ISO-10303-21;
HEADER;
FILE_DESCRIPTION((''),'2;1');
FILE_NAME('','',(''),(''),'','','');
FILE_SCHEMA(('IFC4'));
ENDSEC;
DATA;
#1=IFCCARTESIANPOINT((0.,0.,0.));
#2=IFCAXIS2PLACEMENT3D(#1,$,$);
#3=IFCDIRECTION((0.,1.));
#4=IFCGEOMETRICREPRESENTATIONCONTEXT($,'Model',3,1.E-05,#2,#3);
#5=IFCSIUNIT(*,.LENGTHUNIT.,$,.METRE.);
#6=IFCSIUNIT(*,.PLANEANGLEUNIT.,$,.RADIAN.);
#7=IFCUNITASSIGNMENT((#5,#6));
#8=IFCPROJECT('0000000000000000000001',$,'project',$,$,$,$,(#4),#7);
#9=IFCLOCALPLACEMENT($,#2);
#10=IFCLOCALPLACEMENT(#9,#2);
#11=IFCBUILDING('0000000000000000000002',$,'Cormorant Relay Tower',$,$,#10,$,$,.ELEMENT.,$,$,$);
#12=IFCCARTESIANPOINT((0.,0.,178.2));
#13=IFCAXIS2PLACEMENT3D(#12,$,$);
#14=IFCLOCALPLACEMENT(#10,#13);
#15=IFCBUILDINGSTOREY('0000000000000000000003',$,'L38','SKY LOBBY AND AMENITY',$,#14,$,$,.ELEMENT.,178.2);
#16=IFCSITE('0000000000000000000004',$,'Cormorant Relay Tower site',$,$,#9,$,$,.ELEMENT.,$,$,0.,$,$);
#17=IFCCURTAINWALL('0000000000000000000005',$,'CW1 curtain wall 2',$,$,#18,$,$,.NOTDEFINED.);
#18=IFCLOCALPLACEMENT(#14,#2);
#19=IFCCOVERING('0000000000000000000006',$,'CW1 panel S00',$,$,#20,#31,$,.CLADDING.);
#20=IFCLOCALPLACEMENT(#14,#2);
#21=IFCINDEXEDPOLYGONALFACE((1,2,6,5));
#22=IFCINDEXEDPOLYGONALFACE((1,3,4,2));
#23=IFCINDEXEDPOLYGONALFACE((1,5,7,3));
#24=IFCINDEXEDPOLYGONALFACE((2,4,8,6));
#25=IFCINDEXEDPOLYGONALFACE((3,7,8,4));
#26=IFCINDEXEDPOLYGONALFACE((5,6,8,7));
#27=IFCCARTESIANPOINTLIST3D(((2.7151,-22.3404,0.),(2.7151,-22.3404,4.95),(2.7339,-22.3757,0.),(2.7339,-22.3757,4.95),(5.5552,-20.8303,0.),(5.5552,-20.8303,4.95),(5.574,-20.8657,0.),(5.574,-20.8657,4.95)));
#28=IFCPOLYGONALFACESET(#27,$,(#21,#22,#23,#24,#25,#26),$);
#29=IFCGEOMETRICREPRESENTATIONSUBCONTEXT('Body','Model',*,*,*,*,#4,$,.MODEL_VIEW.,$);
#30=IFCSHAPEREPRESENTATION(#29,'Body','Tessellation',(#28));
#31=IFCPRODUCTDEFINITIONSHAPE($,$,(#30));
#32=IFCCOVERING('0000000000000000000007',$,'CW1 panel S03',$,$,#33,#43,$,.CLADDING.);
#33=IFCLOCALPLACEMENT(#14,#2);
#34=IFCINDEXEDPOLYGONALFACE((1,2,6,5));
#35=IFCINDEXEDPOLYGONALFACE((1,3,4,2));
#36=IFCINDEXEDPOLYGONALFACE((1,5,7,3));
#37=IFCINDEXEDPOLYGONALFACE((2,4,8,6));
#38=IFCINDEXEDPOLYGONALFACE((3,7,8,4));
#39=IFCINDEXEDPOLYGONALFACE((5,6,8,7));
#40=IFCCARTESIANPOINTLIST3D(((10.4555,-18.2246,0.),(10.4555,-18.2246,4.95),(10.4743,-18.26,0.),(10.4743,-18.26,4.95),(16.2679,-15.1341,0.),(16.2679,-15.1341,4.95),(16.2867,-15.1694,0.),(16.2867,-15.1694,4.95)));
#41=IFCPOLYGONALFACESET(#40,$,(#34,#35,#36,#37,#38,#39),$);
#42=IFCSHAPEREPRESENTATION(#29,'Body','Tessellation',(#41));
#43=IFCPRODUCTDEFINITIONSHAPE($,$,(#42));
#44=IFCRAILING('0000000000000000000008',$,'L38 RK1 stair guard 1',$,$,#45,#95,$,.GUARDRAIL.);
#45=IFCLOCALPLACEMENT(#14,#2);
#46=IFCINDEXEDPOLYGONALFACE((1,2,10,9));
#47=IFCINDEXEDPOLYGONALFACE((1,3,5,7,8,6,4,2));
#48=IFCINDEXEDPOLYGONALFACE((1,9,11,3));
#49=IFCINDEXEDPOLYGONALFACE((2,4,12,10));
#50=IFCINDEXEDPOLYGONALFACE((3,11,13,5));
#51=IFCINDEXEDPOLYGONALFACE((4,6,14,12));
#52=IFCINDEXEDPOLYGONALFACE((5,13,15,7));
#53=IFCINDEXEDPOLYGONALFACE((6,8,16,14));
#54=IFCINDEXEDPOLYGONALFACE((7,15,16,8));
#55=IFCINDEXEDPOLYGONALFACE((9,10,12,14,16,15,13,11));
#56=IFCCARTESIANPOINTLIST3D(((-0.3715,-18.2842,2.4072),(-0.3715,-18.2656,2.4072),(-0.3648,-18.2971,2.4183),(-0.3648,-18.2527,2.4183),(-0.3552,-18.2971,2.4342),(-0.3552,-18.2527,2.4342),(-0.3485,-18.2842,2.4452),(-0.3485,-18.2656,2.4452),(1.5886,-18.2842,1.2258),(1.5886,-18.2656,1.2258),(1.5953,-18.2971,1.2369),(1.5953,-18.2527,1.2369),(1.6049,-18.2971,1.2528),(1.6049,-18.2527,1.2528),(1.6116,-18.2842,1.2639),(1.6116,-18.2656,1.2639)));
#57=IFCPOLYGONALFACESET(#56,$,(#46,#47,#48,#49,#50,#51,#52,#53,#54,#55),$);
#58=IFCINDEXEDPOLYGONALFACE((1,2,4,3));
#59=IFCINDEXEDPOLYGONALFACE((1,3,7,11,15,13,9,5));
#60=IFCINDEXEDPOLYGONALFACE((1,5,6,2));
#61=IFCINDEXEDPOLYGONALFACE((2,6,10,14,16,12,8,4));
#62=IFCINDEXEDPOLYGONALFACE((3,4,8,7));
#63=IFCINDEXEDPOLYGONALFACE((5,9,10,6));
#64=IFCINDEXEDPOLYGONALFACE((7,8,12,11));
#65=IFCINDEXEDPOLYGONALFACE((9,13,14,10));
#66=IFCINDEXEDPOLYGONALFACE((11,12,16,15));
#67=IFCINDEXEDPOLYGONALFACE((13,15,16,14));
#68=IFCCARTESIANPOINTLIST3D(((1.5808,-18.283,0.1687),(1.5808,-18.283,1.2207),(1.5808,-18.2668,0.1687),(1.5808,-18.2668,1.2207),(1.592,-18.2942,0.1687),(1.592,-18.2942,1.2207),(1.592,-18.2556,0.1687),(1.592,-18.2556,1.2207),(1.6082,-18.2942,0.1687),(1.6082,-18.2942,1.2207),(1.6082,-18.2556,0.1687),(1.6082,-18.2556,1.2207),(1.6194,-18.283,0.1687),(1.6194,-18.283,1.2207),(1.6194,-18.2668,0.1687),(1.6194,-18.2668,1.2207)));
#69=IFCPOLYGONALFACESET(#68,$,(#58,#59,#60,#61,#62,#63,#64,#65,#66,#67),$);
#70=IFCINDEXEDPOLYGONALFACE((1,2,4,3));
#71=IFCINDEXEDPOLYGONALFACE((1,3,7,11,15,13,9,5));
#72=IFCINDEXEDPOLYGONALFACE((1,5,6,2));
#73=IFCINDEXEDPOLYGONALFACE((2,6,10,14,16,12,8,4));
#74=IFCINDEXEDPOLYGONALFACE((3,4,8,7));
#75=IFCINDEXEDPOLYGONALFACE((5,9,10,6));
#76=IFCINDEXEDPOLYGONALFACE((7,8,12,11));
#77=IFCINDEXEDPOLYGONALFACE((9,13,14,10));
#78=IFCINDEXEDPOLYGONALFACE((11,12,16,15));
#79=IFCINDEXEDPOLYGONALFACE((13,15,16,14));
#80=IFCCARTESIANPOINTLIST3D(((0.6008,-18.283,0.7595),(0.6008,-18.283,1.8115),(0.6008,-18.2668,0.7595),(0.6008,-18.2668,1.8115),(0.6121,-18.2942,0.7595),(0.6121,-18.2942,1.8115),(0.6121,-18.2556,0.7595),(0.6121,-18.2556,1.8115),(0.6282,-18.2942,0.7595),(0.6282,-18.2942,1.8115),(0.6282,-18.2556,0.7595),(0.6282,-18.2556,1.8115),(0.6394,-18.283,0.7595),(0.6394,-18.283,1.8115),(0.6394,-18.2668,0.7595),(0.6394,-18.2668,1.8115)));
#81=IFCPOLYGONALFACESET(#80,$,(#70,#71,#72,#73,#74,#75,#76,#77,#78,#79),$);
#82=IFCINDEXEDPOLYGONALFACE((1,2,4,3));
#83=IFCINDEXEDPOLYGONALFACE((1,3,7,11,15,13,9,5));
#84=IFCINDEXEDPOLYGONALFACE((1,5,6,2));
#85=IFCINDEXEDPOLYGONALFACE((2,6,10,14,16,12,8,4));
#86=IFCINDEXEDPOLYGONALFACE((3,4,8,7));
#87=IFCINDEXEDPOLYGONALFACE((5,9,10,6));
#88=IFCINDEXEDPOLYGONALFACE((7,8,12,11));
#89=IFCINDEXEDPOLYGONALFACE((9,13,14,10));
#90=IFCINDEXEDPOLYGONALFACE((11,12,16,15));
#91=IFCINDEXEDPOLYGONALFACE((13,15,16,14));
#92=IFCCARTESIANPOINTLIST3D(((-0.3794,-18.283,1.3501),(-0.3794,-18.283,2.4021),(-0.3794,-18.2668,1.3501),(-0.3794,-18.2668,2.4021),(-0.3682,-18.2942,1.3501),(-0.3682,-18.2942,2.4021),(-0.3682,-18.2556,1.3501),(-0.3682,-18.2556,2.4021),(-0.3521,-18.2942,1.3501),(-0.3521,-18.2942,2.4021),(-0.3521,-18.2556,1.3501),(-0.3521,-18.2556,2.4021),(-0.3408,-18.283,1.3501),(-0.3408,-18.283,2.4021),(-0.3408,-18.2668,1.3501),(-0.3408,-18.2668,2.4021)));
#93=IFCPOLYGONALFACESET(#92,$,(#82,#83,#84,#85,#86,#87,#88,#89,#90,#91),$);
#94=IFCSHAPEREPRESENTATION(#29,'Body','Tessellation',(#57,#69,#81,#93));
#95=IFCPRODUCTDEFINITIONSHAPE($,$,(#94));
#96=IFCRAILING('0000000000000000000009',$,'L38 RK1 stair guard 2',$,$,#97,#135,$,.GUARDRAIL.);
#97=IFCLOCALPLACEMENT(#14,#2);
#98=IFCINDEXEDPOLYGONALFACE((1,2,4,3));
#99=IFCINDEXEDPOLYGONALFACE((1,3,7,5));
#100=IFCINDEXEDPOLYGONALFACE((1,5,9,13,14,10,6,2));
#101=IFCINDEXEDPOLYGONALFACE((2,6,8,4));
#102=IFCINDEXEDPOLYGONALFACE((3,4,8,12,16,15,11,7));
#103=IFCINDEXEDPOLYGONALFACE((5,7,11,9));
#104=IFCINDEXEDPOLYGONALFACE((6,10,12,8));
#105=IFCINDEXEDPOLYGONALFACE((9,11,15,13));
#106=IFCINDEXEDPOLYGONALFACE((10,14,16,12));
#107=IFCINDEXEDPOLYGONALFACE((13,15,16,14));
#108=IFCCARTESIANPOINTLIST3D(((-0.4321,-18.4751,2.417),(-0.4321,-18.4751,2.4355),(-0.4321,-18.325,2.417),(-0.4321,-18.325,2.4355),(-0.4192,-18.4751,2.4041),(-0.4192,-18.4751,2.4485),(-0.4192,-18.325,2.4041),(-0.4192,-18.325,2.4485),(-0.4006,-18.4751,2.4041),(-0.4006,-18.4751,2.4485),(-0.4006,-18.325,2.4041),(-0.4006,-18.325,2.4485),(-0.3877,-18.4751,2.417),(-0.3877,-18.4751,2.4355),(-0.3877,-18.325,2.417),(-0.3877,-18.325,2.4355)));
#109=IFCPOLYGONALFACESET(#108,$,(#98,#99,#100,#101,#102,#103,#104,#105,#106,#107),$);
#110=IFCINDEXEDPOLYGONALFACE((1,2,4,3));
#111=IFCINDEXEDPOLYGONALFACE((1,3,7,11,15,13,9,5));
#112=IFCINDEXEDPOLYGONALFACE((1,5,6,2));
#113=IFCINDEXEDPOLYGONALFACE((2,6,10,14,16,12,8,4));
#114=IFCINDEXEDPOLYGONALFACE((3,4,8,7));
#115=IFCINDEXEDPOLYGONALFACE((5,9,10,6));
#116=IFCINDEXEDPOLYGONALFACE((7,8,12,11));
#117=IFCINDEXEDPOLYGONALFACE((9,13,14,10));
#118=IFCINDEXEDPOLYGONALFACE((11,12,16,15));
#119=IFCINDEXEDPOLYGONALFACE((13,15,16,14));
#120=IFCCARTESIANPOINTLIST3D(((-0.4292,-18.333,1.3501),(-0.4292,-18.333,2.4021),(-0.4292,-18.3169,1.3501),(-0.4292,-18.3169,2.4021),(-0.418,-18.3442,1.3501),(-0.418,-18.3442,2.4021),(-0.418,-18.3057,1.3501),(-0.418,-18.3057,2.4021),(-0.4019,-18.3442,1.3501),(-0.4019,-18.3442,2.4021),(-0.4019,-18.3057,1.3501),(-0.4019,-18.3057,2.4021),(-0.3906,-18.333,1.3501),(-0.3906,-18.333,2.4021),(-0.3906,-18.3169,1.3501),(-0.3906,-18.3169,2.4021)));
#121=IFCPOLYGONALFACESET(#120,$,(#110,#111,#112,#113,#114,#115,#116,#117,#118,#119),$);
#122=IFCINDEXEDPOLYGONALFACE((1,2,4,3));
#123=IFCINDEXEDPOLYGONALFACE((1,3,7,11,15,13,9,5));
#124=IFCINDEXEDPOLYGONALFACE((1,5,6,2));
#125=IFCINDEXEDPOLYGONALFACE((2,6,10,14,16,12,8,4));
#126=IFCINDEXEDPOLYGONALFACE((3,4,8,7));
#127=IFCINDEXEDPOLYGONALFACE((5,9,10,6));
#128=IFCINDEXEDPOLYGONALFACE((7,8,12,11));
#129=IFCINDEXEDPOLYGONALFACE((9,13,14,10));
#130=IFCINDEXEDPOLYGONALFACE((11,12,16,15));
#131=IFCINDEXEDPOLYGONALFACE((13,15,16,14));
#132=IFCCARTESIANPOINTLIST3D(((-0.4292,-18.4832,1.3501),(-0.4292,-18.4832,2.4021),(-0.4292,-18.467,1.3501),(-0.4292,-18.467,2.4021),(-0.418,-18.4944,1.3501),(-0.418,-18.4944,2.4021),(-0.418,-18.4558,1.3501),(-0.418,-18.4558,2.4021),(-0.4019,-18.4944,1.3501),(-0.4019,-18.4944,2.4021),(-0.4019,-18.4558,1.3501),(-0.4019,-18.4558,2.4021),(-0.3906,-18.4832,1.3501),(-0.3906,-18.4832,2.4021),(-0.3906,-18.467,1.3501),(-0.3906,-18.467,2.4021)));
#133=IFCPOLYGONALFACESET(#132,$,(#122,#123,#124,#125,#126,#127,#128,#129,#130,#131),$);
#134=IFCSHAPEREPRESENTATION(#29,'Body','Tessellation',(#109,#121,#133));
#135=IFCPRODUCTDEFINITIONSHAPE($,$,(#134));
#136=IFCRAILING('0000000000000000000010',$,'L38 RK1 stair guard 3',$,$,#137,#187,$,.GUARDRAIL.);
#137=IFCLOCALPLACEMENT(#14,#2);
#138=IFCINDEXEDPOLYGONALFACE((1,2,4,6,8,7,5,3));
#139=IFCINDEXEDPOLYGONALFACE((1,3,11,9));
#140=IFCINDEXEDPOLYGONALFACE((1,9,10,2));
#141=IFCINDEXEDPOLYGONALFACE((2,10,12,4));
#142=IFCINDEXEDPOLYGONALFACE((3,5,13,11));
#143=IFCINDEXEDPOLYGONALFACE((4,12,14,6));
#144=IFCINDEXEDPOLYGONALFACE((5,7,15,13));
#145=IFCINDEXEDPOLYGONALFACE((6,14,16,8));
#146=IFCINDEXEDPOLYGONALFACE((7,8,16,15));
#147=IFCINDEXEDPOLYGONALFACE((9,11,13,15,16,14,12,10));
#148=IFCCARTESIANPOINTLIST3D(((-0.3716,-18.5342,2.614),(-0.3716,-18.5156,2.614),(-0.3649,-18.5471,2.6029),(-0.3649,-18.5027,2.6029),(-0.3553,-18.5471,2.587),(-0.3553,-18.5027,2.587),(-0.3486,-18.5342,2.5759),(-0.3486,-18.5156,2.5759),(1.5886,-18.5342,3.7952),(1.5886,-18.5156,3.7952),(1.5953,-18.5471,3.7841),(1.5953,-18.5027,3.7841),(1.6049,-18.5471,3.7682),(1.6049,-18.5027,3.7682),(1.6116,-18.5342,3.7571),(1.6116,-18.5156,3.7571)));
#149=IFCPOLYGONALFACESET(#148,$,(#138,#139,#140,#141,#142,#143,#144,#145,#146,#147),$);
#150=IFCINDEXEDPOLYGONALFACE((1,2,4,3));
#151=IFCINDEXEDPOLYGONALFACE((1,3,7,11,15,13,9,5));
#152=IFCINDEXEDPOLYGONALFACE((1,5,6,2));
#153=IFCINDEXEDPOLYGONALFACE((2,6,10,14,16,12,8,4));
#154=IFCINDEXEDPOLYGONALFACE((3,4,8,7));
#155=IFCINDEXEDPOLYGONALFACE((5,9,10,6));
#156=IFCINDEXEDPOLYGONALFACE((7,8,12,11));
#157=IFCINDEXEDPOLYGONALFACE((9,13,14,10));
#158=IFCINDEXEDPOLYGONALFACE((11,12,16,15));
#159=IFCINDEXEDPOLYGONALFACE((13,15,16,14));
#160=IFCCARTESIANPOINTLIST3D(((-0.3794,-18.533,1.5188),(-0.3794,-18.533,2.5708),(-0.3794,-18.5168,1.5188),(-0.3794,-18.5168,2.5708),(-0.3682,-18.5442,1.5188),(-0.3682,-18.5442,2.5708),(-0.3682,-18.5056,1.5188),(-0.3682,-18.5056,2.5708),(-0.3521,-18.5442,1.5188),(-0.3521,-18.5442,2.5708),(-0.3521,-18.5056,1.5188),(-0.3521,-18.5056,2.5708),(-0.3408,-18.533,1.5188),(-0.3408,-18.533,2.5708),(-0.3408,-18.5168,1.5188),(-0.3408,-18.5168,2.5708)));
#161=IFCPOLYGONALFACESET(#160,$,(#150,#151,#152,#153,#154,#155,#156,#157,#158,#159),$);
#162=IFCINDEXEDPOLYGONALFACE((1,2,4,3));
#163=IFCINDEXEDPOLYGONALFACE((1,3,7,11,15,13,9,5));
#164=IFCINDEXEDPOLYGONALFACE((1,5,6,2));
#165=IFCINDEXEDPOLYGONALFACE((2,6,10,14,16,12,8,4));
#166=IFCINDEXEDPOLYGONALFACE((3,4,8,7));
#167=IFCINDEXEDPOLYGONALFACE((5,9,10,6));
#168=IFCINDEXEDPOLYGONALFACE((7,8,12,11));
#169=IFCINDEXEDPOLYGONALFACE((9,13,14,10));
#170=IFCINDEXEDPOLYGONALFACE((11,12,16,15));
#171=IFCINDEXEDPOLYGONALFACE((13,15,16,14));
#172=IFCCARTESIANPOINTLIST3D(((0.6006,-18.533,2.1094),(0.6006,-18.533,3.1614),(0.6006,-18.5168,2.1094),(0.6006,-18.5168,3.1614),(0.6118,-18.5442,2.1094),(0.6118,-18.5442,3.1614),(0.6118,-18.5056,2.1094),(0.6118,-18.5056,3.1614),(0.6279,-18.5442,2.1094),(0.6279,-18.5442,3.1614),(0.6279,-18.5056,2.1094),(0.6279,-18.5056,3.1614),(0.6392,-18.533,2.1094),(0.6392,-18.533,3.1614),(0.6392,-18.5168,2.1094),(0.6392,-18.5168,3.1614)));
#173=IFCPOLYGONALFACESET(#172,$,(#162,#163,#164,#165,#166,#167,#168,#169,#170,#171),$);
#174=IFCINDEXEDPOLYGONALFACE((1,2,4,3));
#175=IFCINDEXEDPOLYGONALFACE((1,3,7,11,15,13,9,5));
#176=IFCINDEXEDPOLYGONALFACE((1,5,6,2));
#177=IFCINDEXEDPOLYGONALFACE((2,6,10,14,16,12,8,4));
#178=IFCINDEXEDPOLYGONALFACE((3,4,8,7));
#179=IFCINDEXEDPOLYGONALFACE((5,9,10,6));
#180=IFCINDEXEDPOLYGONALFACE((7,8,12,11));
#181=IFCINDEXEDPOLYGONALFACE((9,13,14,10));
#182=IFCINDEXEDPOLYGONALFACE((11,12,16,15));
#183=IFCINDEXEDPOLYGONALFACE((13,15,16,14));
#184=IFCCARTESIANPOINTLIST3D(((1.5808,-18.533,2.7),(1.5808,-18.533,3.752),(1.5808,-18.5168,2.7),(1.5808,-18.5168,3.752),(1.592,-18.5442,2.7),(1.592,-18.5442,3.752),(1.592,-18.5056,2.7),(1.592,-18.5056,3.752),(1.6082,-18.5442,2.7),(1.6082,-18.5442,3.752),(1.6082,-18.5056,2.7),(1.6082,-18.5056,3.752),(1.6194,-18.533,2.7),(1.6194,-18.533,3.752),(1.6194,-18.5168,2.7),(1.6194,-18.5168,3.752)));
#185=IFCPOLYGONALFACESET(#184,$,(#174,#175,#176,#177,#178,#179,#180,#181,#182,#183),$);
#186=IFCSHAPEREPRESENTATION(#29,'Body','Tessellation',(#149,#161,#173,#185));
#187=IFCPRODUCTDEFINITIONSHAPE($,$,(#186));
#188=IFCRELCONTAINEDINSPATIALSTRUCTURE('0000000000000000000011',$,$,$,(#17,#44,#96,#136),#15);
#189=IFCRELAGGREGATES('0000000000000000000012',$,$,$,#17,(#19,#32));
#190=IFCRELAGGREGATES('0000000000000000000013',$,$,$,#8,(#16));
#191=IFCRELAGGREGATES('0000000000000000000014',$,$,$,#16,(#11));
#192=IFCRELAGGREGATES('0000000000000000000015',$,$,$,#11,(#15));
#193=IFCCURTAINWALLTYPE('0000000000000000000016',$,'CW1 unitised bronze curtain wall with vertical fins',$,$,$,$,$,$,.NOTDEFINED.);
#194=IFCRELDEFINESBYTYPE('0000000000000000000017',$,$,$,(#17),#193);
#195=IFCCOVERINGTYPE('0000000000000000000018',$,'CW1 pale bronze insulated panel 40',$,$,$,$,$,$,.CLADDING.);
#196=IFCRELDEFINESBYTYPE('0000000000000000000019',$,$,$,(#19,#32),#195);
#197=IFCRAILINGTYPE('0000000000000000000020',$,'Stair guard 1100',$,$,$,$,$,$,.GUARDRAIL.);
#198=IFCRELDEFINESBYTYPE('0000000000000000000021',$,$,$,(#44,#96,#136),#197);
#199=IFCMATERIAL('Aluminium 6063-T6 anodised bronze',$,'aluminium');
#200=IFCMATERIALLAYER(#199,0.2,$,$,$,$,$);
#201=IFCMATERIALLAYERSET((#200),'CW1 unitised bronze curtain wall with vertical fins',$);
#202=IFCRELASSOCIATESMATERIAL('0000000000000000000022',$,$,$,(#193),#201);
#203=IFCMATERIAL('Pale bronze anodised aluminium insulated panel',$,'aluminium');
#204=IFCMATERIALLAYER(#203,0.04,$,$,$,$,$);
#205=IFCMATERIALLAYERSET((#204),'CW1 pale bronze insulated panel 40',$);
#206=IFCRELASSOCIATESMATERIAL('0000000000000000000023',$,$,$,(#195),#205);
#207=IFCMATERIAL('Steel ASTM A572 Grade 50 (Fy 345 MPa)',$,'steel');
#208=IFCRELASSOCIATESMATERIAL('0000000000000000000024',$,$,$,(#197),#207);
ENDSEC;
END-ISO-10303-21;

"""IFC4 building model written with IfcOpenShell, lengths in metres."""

from ifc_helpers import new_model, si_unit, direction, frame, origin, origin_2d, place, context, subcontext, project, spatial, polyline, rectangle, outline, extrude, material, layer, layer_set, type_object, element, aggregate, save


model = new_model("IFC4")

# Units and contexts
model_context = context("Model", 3, precision=1e-05, world=origin(), true_north=direction((0.0, 1.0)))
body_context = subcontext(model_context, "Body", "Model", "MODEL_VIEW")
ifc_project = project(units=[si_unit("LENGTHUNIT", "METRE"), si_unit("PLANEANGLEUNIT", "RADIAN")], contexts=[model_context])

# Site, building, storey
site_placement = place(None, origin())
site = spatial("IfcSite", under=ifc_project, at=site_placement, Name="Cormorant Relay Tower site", CompositionType="ELEMENT", RefElevation=0.0)
building_placement = place(site_placement, origin())
building = spatial("IfcBuilding", under=site, at=building_placement, Name="Cormorant Relay Tower", CompositionType="ELEMENT")
storey_placement = place(building_placement, frame((0.0, 0.0, 178.2)))
storey = spatial("IfcBuildingStorey", under=building, at=storey_placement, Name="L38", Description="SKY LOBBY AND AMENITY", CompositionType="ELEMENT", Elevation=178.2)

# Curtain wall
ifc_material_1 = material(Name="Aluminium 6063-T6 anodised bronze", Category="aluminium")
ifc_layer_1 = layer(ifc_material_1, 0.2)
ifc_layer_set_1 = layer_set([ifc_layer_1], Name="CW1 unitised bronze curtain wall with vertical fins")
curtain_wall_type = type_object("IfcCurtainWallType", Name="CW1 unitised bronze curtain wall with vertical fins", PredefinedType="NOTDEFINED", material=ifc_layer_set_1)
curtain_wall_1_placement = place(storey_placement, origin())
curtain_wall_1 = element("IfcCurtainWall", 1, at=curtain_wall_1_placement, inside=storey, type_object=curtain_wall_type, Name="CW1 curtain wall 2", PredefinedType="NOTDEFINED")

# Shared definitions
ifc_material_2 = material(Name="Pale bronze anodised aluminium insulated panel", Category="aluminium")
ifc_layer_2 = layer(ifc_material_2, 0.04)
ifc_layer_set_2 = layer_set([ifc_layer_2], Name="CW1 pale bronze insulated panel 40")
covering_type = type_object("IfcCoveringType", Name="CW1 pale bronze insulated panel 40", PredefinedType="CLADDING", material=ifc_layer_set_2)

# Coverings
covering_1_placement = place(storey_placement, frame((4.1445, -21.603, 0.0), z_axis=(0.0, 0.0, 1.0), x_axis=(0.882948, 0.469472, 0.0)))
covering_1 = element("IfcCovering", 2, at=covering_1_placement, type_object=covering_type, Name="CW1 panel S00", PredefinedType="CLADDING", context=body_context, shape_type="SweptSolid", body=[
    extrude(rectangle(XDim=3.2166, YDim=0.04, at=origin_2d()), origin(), (0.0, 0.0, 1.0), 4.95),
])
covering_2_placement = place(storey_placement, frame((13.3711, -16.697, 0.0), z_axis=(0.0, 0.0, 1.0), x_axis=(0.882948, 0.469472, 0.0)))
covering_2 = element("IfcCovering", 3, at=covering_2_placement, type_object=covering_type, Name="CW1 panel S03", PredefinedType="CLADDING", context=body_context, shape_type="SweptSolid", body=[
    extrude(rectangle(XDim=6.583, YDim=0.04, at=origin_2d()), origin(), (0.0, 0.0, 1.0), 4.95),
])
aggregate(curtain_wall_1, [covering_1, covering_2])

# Railings
ifc_material_3 = material(Name="Steel ASTM A572 Grade 50 (Fy 345 MPa)", Category="steel")
railing_type_1 = type_object("IfcRailingType", Name="Stair guard 1100", PredefinedType="GUARDRAIL", material=ifc_material_3)
railing_1_placement = place(storey_placement, frame((1.6001, -18.2749, 0.1687)))
element("IfcRailing", 4, at=railing_1_placement, inside=storey, type_object=railing_type_1, Name="L38 RK1 stair guard 1", PredefinedType="GUARDRAIL", context=body_context, shape_type="SweptSolid", body=[
    extrude(outline(polyline([(0.0222, 0.0093), (0.0093, 0.0222), (-0.0093, 0.0222), (-0.0222, 0.0093), (-0.0222, -0.0093), (-0.0093, -0.0222), (0.0093, -0.0222), (0.0222, -0.0093), (0.0222, 0.0093)])), frame((0.0, 0.0, 1.0762), z_axis=(-0.856475, 0.0, 0.516189), x_axis=(0.0, -1.0, 0.0)), (0.0, 0.0, 1.0), 2.2886),
    extrude(outline(polyline([(0.0193, 0.0081), (0.0081, 0.0193), (-0.0081, 0.0193), (-0.0193, 0.0081), (-0.0193, -0.0081), (-0.0081, -0.0193), (0.0081, -0.0193), (0.0193, -0.0081), (0.0193, 0.0081)])), origin(), (0.0, 0.0, 1.0), 1.052),
    extrude(outline(polyline([(0.0193, 0.0081), (0.0081, 0.0193), (-0.0081, 0.0193), (-0.0193, 0.0081), (-0.0193, -0.0081), (-0.0081, -0.0193), (0.0081, -0.0193), (0.0193, -0.0081), (0.0193, 0.0081)])), frame((-0.98, 0.0, 0.5908)), (0.0, 0.0, 1.0), 1.052),
    extrude(outline(polyline([(0.0193, 0.0081), (0.0081, 0.0193), (-0.0081, 0.0193), (-0.0193, 0.0081), (-0.0193, -0.0081), (-0.0081, -0.0193), (0.0081, -0.0193), (0.0193, -0.0081), (0.0193, 0.0081)])), frame((-1.9602, 0.0, 1.1814)), (0.0, 0.0, 1.0), 1.052),
])
railing_2_placement = place(storey_placement, frame((-0.4099, -18.325, 1.3501)))
element("IfcRailing", 5, at=railing_2_placement, inside=storey, type_object=railing_type_1, Name="L38 RK1 stair guard 2", PredefinedType="GUARDRAIL", context=body_context, shape_type="SweptSolid", body=[
    extrude(outline(polyline([(0.0222, 0.0093), (0.0093, 0.0222), (-0.0093, 0.0222), (-0.0222, 0.0093), (-0.0222, -0.0093), (-0.0093, -0.0222), (0.0093, -0.0222), (0.0222, -0.0093), (0.0222, 0.0093)])), frame((0.0, 0.0, 1.0762), z_axis=(0.0, -1.0, 0.0), x_axis=(1.0, 0.0, 0.0)), (0.0, 0.0, 1.0), 0.1501),
    extrude(outline(polyline([(0.0193, 0.0081), (0.0081, 0.0193), (-0.0081, 0.0193), (-0.0193, 0.0081), (-0.0193, -0.0081), (-0.0081, -0.0193), (0.0081, -0.0193), (0.0193, -0.0081), (0.0193, 0.0081)])), origin(), (0.0, 0.0, 1.0), 1.052),
    extrude(outline(polyline([(0.0193, 0.0081), (0.0081, 0.0193), (-0.0081, 0.0193), (-0.0193, 0.0081), (-0.0193, -0.0081), (-0.0081, -0.0193), (0.0081, -0.0193), (0.0193, -0.0081), (0.0193, 0.0081)])), frame((0.0, -0.1501, 0.0)), (0.0, 0.0, 1.0), 1.052),
])
railing_3_placement = place(storey_placement, frame((-0.3601, -18.5249, 1.5188)))
element("IfcRailing", 6, at=railing_3_placement, inside=storey, type_object=railing_type_1, Name="L38 RK1 stair guard 3", PredefinedType="GUARDRAIL", context=body_context, shape_type="SweptSolid", body=[
    extrude(outline(polyline([(0.0222, 0.0093), (0.0093, 0.0222), (-0.0093, 0.0222), (-0.0222, 0.0093), (-0.0222, -0.0093), (-0.0093, -0.0222), (0.0093, -0.0222), (0.0222, -0.0093), (0.0222, 0.0093)])), frame((0.0, 0.0, 1.0762), z_axis=(0.856522, 0.0, 0.516111), x_axis=(0.0, 1.0, 0.0)), (0.0, 0.0, 1.0), 2.2886),
    extrude(outline(polyline([(0.0193, 0.0081), (0.0081, 0.0193), (-0.0081, 0.0193), (-0.0193, 0.0081), (-0.0193, -0.0081), (-0.0081, -0.0193), (0.0081, -0.0193), (0.0193, -0.0081), (0.0193, 0.0081)])), origin(), (0.0, 0.0, 1.0), 1.052),
    extrude(outline(polyline([(0.0193, 0.0081), (0.0081, 0.0193), (-0.0081, 0.0193), (-0.0193, 0.0081), (-0.0193, -0.0081), (-0.0081, -0.0193), (0.0081, -0.0193), (0.0193, -0.0081), (0.0193, 0.0081)])), frame((0.98, 0.0, 0.5906)), (0.0, 0.0, 1.0), 1.052),
    extrude(outline(polyline([(0.0193, 0.0081), (0.0081, 0.0193), (-0.0081, 0.0193), (-0.0193, 0.0081), (-0.0193, -0.0081), (-0.0081, -0.0193), (0.0081, -0.0193), (0.0193, -0.0081), (0.0193, 0.0081)])), frame((1.9602, 0.0, 1.1812)), (0.0, 0.0, 1.0), 1.052),
])

save(model, "model.ifc")
